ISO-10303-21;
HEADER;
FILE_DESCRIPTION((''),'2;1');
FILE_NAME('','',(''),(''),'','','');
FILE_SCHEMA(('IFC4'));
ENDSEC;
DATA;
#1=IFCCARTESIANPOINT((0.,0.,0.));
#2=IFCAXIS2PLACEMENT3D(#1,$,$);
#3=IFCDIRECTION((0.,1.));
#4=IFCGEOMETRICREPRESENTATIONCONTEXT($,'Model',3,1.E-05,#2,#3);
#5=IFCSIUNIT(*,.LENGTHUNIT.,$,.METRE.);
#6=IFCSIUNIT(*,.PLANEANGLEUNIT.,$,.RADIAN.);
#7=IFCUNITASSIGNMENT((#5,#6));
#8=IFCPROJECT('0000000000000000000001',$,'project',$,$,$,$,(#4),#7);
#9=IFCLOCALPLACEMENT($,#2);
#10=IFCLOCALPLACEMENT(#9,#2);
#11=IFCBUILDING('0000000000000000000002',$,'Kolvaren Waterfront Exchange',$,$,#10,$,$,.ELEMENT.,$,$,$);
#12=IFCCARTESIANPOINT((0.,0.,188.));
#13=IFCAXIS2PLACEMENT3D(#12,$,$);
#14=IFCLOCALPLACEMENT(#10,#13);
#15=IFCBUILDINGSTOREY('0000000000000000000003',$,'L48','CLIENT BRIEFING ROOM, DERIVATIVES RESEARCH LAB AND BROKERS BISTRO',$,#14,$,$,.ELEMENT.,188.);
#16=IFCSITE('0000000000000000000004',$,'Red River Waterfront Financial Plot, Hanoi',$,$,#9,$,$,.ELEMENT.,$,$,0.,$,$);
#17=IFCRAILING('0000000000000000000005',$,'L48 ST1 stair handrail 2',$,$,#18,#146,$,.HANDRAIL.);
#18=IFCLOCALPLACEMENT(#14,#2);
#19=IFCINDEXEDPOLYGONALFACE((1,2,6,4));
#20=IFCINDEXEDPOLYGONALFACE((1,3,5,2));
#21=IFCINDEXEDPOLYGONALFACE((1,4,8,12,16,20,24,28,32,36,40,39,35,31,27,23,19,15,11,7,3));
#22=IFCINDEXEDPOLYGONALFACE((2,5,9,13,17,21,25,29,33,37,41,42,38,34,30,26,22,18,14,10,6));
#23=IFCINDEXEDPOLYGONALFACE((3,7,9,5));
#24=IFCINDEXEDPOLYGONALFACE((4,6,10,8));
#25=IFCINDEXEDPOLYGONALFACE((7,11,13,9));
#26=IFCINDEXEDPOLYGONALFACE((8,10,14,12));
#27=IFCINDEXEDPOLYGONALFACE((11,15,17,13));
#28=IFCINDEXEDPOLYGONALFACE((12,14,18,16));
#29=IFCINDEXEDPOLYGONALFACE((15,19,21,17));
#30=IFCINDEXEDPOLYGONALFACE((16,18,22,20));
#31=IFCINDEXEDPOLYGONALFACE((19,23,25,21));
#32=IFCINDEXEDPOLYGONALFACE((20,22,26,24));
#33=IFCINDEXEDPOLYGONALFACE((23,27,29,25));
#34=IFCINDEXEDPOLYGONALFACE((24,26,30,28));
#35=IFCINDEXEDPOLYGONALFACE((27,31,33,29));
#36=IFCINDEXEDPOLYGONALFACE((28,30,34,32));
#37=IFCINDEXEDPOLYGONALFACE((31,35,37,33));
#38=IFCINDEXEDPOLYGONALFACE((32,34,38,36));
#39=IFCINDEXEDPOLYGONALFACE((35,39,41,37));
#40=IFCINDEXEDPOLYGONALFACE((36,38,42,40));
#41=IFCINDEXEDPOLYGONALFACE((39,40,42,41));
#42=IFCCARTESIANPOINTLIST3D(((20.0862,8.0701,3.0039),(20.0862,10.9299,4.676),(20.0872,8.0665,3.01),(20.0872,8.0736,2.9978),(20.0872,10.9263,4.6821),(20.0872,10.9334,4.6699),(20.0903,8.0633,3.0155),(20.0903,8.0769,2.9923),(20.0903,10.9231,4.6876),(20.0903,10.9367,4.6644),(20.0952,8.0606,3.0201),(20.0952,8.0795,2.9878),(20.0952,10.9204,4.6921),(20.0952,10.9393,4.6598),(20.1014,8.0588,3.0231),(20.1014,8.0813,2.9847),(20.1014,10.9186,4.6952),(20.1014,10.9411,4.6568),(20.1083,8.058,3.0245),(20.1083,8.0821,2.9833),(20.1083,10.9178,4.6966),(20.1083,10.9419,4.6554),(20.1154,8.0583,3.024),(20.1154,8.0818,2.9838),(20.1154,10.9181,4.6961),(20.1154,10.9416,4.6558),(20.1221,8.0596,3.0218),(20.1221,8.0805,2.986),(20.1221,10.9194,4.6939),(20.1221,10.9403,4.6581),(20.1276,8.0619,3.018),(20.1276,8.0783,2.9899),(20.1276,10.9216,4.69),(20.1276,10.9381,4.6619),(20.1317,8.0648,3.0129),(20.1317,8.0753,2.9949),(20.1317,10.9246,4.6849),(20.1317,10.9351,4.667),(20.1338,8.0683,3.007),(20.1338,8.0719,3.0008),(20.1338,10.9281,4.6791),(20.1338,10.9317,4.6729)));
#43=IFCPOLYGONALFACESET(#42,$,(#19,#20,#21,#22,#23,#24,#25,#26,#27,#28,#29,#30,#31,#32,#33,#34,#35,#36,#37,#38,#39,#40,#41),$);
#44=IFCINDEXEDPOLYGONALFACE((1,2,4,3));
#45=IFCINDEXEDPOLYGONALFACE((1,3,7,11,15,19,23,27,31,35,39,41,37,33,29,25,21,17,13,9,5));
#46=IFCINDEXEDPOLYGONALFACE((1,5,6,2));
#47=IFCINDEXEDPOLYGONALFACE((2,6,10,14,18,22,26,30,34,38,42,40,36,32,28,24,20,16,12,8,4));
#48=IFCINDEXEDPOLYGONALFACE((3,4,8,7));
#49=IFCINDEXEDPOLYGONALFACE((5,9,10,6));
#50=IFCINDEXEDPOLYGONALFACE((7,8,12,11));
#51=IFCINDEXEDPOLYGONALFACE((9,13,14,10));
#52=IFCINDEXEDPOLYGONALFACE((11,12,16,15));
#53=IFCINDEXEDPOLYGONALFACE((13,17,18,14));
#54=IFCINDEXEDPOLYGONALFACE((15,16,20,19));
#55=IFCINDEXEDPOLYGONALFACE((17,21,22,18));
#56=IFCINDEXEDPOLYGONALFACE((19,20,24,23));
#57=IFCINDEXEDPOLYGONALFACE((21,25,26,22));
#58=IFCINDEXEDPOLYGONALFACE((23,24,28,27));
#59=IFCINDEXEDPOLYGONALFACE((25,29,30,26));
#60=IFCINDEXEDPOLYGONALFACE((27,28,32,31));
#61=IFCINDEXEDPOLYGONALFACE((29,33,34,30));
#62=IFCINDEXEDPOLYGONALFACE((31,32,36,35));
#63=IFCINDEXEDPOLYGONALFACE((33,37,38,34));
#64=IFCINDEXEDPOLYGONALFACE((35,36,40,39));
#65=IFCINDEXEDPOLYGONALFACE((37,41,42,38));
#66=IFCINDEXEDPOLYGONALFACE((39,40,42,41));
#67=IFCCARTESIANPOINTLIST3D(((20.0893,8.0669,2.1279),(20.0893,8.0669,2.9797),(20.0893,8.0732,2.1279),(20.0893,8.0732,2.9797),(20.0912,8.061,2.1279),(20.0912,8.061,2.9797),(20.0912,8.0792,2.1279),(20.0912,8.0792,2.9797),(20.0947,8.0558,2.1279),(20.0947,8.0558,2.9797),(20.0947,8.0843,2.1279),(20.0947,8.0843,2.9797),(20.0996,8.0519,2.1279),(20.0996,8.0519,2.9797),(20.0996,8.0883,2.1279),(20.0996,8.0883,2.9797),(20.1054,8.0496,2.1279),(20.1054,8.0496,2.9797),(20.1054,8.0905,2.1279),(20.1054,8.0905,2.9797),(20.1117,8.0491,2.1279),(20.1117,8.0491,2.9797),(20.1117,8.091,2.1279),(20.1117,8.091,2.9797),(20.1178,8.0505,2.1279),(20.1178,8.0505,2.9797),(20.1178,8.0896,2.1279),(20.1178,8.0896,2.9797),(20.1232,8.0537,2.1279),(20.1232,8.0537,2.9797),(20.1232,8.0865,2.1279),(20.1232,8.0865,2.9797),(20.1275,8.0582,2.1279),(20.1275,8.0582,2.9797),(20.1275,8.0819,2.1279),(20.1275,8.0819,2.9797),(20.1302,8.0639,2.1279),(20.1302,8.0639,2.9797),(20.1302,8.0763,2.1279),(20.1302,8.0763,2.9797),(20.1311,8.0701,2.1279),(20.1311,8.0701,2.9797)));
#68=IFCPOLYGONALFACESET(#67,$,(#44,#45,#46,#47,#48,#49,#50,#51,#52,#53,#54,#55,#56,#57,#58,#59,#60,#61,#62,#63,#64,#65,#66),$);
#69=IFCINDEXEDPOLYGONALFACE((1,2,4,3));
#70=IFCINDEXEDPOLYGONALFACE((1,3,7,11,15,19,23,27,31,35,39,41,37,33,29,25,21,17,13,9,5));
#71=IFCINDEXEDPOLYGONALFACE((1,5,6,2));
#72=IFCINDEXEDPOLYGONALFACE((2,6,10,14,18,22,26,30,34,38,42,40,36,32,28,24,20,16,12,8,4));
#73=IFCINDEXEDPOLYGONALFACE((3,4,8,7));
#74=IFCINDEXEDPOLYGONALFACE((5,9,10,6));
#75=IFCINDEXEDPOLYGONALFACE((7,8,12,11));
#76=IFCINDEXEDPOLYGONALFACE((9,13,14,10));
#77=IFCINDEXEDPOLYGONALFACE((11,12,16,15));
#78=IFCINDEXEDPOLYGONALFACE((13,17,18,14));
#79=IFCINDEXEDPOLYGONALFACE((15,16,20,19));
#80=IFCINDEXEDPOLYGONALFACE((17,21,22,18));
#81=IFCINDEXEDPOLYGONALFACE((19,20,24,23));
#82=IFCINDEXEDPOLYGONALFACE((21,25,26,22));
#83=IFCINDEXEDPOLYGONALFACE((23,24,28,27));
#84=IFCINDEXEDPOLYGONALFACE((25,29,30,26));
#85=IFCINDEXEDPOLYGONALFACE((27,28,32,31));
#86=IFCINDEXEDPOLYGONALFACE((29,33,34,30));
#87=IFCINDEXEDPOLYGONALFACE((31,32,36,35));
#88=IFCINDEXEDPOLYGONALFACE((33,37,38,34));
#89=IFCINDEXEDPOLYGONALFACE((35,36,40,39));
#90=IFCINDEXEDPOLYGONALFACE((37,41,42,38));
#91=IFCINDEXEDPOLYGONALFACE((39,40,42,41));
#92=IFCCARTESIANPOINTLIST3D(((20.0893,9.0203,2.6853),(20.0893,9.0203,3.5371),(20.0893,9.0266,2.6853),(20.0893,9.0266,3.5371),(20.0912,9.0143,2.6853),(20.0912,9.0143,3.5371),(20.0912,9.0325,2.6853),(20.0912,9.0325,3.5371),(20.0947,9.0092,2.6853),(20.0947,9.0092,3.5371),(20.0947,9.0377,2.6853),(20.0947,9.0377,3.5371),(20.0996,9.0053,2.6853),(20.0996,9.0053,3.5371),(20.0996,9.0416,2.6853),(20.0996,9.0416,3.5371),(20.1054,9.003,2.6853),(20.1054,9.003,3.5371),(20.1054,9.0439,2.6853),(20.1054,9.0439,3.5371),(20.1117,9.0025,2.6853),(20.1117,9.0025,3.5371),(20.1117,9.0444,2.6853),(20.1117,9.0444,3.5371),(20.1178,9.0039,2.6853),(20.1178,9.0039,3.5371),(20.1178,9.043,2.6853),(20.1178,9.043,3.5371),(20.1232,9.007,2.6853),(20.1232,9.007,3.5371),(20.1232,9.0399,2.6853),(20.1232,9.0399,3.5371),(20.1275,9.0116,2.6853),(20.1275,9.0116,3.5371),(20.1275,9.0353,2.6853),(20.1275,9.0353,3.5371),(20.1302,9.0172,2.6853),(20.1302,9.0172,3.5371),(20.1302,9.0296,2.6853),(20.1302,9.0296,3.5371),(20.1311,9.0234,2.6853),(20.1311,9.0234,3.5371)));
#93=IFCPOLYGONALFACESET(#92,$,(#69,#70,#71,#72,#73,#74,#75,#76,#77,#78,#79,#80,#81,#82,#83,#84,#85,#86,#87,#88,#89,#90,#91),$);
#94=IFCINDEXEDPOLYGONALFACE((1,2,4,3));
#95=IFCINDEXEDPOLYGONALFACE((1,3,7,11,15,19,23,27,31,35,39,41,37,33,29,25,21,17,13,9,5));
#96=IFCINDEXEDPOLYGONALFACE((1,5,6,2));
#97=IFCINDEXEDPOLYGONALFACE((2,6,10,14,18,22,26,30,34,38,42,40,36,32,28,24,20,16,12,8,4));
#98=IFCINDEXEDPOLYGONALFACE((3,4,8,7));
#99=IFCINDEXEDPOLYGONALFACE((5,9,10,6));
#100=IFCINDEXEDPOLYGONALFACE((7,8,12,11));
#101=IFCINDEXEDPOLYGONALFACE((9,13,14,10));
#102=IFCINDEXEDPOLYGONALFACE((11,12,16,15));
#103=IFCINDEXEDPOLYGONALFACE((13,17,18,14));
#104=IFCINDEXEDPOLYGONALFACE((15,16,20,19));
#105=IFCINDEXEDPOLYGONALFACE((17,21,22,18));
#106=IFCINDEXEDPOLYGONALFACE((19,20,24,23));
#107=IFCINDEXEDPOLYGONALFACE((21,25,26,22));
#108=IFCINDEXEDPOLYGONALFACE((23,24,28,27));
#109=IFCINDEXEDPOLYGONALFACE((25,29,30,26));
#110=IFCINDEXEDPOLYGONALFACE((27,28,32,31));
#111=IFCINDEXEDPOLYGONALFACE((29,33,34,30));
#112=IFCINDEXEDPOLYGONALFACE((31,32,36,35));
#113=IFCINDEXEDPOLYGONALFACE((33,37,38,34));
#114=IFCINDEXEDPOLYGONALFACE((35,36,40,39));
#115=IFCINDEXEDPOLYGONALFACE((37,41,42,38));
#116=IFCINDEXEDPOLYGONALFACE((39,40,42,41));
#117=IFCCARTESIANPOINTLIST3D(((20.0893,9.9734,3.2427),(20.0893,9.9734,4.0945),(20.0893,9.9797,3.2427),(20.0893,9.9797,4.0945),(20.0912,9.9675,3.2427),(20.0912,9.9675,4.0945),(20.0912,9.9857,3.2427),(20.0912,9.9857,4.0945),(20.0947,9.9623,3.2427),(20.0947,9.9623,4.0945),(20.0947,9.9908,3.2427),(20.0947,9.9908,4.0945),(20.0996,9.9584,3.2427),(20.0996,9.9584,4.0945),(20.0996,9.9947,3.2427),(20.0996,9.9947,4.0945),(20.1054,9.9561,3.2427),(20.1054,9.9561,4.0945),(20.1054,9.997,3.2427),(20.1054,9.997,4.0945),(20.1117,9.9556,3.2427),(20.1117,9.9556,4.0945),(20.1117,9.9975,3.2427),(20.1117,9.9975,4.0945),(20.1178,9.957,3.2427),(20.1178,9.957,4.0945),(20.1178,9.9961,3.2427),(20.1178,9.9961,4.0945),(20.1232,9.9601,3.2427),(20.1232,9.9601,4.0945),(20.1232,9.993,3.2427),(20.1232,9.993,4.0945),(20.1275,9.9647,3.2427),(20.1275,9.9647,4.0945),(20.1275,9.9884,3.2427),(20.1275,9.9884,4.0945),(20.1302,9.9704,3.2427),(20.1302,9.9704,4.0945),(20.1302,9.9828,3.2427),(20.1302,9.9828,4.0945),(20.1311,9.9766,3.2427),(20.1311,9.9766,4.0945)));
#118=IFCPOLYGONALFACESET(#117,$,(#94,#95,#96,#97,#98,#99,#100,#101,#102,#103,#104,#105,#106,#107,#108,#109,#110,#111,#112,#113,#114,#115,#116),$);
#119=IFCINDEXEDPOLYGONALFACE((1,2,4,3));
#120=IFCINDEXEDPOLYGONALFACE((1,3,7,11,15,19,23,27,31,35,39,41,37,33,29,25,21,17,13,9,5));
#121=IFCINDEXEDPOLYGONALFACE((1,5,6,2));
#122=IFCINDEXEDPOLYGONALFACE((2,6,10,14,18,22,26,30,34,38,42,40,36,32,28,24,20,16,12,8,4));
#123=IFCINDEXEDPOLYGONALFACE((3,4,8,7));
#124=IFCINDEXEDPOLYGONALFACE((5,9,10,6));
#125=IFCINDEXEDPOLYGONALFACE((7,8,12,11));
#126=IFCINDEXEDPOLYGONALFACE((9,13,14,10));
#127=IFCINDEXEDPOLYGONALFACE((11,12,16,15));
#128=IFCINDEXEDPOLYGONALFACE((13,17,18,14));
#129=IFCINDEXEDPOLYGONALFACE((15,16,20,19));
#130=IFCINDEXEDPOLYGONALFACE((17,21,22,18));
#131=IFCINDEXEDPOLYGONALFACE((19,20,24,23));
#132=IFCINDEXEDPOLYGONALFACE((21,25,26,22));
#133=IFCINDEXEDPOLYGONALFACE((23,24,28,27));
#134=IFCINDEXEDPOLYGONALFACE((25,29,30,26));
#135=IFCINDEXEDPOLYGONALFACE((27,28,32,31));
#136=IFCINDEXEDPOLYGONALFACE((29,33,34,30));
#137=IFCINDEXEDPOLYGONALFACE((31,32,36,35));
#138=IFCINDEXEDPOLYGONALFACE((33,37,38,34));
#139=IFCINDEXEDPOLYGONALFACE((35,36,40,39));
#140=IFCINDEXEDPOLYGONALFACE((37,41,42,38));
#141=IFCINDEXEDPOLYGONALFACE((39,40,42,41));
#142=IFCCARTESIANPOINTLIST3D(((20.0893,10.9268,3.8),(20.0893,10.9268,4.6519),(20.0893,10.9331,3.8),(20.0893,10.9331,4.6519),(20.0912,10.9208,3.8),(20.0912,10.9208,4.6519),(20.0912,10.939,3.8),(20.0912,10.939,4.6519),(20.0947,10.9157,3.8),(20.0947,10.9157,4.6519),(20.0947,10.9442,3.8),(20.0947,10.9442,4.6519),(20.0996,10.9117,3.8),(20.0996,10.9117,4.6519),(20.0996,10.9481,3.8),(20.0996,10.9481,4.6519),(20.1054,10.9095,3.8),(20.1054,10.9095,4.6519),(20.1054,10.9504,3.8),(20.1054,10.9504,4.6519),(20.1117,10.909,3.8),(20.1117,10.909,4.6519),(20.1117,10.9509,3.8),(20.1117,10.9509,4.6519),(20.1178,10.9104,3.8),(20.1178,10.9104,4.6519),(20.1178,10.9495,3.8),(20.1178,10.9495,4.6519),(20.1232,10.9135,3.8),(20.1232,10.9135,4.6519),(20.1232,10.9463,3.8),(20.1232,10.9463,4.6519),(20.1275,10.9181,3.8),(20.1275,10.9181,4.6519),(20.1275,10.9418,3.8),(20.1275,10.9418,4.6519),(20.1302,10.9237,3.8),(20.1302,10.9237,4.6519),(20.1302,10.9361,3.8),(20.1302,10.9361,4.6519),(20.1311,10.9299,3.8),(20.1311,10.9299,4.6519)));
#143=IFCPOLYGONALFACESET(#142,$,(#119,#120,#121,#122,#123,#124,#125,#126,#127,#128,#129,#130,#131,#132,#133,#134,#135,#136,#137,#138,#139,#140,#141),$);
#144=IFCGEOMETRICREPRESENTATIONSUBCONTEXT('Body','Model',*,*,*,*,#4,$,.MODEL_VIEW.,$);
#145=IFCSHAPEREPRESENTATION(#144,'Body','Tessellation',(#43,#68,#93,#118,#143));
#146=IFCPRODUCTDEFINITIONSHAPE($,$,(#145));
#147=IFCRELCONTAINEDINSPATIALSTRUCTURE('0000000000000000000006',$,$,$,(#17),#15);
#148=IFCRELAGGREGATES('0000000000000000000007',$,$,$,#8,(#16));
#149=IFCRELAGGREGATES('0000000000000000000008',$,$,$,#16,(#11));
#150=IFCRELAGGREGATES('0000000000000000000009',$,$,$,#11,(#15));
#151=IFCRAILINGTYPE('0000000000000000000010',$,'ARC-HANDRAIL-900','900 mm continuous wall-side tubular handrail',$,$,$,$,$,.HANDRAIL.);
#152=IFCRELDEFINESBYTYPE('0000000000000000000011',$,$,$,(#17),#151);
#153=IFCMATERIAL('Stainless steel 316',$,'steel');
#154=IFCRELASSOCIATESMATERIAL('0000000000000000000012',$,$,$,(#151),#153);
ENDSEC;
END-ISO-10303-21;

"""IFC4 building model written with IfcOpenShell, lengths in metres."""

from ifc_helpers import new_model, si_unit, direction, frame, origin, origin_2d, place, context, subcontext, project, spatial, circle, extrude, material, type_object, element, save


model = new_model("IFC4")

# Units and contexts
model_context = context("Model", 3, precision=1e-05, world=origin(), true_north=direction((0.0, 1.0)))
body_context = subcontext(model_context, "Body", "Model", "MODEL_VIEW")
ifc_project = project(units=[si_unit("LENGTHUNIT", "METRE"), si_unit("PLANEANGLEUNIT", "RADIAN")], contexts=[model_context])

# Site, building, storey
site_placement = place(None, origin())
site = spatial("IfcSite", under=ifc_project, at=site_placement, Name="Red River Waterfront Financial Plot, Hanoi", CompositionType="ELEMENT", RefElevation=0.0)
building_placement = place(site_placement, origin())
building = spatial("IfcBuilding", under=site, at=building_placement, Name="Kolvaren Waterfront Exchange", CompositionType="ELEMENT")
storey_placement = place(building_placement, frame((0.0, 0.0, 188.0)))
storey = spatial("IfcBuildingStorey", under=building, at=storey_placement, Name="L48", Description="CLIENT BRIEFING ROOM, DERIVATIVES RESEARCH LAB AND BROKERS BISTRO", CompositionType="ELEMENT", Elevation=188.0)

# Railing
ifc_material_1 = material(Name="Stainless steel 316", Category="steel")
railing_type_1 = type_object("IfcRailingType", Name="ARC-HANDRAIL-900", Description="900 mm continuous wall-side tubular handrail", PredefinedType="HANDRAIL", material=ifc_material_1)
railing_1_placement = place(storey_placement, frame((20.1101, 8.0701, 2.1279)))
element("IfcRailing", 1, at=railing_1_placement, inside=storey, type_object=railing_type_1, Name="L48 ST1 stair handrail 2", PredefinedType="HANDRAIL", context=body_context, shape_type="SweptSolid", body=[
    extrude(circle(Radius=0.0239, at=origin_2d()), frame((0.0, 0.0, 0.876), z_axis=(0.0, 0.863271, 0.504741), x_axis=(-1.0, 0.0, 0.0)), (0.0, 0.0, 1.0), 3.3127),
    extrude(circle(Radius=0.021, at=origin_2d()), origin(), (0.0, 0.0, 1.0), 0.8518),
    extrude(circle(Radius=0.021, at=origin_2d()), frame((0.0, 0.9534, 0.5574)), (0.0, 0.0, 1.0), 0.8518),
    extrude(circle(Radius=0.021, at=origin_2d()), frame((0.0, 1.9065, 1.1147)), (0.0, 0.0, 1.0), 0.8518),
    extrude(circle(Radius=0.021, at=origin_2d()), frame((0.0, 2.8599, 1.6721)), (0.0, 0.0, 1.0), 0.8518),
])

save(model, "model.ifc")
